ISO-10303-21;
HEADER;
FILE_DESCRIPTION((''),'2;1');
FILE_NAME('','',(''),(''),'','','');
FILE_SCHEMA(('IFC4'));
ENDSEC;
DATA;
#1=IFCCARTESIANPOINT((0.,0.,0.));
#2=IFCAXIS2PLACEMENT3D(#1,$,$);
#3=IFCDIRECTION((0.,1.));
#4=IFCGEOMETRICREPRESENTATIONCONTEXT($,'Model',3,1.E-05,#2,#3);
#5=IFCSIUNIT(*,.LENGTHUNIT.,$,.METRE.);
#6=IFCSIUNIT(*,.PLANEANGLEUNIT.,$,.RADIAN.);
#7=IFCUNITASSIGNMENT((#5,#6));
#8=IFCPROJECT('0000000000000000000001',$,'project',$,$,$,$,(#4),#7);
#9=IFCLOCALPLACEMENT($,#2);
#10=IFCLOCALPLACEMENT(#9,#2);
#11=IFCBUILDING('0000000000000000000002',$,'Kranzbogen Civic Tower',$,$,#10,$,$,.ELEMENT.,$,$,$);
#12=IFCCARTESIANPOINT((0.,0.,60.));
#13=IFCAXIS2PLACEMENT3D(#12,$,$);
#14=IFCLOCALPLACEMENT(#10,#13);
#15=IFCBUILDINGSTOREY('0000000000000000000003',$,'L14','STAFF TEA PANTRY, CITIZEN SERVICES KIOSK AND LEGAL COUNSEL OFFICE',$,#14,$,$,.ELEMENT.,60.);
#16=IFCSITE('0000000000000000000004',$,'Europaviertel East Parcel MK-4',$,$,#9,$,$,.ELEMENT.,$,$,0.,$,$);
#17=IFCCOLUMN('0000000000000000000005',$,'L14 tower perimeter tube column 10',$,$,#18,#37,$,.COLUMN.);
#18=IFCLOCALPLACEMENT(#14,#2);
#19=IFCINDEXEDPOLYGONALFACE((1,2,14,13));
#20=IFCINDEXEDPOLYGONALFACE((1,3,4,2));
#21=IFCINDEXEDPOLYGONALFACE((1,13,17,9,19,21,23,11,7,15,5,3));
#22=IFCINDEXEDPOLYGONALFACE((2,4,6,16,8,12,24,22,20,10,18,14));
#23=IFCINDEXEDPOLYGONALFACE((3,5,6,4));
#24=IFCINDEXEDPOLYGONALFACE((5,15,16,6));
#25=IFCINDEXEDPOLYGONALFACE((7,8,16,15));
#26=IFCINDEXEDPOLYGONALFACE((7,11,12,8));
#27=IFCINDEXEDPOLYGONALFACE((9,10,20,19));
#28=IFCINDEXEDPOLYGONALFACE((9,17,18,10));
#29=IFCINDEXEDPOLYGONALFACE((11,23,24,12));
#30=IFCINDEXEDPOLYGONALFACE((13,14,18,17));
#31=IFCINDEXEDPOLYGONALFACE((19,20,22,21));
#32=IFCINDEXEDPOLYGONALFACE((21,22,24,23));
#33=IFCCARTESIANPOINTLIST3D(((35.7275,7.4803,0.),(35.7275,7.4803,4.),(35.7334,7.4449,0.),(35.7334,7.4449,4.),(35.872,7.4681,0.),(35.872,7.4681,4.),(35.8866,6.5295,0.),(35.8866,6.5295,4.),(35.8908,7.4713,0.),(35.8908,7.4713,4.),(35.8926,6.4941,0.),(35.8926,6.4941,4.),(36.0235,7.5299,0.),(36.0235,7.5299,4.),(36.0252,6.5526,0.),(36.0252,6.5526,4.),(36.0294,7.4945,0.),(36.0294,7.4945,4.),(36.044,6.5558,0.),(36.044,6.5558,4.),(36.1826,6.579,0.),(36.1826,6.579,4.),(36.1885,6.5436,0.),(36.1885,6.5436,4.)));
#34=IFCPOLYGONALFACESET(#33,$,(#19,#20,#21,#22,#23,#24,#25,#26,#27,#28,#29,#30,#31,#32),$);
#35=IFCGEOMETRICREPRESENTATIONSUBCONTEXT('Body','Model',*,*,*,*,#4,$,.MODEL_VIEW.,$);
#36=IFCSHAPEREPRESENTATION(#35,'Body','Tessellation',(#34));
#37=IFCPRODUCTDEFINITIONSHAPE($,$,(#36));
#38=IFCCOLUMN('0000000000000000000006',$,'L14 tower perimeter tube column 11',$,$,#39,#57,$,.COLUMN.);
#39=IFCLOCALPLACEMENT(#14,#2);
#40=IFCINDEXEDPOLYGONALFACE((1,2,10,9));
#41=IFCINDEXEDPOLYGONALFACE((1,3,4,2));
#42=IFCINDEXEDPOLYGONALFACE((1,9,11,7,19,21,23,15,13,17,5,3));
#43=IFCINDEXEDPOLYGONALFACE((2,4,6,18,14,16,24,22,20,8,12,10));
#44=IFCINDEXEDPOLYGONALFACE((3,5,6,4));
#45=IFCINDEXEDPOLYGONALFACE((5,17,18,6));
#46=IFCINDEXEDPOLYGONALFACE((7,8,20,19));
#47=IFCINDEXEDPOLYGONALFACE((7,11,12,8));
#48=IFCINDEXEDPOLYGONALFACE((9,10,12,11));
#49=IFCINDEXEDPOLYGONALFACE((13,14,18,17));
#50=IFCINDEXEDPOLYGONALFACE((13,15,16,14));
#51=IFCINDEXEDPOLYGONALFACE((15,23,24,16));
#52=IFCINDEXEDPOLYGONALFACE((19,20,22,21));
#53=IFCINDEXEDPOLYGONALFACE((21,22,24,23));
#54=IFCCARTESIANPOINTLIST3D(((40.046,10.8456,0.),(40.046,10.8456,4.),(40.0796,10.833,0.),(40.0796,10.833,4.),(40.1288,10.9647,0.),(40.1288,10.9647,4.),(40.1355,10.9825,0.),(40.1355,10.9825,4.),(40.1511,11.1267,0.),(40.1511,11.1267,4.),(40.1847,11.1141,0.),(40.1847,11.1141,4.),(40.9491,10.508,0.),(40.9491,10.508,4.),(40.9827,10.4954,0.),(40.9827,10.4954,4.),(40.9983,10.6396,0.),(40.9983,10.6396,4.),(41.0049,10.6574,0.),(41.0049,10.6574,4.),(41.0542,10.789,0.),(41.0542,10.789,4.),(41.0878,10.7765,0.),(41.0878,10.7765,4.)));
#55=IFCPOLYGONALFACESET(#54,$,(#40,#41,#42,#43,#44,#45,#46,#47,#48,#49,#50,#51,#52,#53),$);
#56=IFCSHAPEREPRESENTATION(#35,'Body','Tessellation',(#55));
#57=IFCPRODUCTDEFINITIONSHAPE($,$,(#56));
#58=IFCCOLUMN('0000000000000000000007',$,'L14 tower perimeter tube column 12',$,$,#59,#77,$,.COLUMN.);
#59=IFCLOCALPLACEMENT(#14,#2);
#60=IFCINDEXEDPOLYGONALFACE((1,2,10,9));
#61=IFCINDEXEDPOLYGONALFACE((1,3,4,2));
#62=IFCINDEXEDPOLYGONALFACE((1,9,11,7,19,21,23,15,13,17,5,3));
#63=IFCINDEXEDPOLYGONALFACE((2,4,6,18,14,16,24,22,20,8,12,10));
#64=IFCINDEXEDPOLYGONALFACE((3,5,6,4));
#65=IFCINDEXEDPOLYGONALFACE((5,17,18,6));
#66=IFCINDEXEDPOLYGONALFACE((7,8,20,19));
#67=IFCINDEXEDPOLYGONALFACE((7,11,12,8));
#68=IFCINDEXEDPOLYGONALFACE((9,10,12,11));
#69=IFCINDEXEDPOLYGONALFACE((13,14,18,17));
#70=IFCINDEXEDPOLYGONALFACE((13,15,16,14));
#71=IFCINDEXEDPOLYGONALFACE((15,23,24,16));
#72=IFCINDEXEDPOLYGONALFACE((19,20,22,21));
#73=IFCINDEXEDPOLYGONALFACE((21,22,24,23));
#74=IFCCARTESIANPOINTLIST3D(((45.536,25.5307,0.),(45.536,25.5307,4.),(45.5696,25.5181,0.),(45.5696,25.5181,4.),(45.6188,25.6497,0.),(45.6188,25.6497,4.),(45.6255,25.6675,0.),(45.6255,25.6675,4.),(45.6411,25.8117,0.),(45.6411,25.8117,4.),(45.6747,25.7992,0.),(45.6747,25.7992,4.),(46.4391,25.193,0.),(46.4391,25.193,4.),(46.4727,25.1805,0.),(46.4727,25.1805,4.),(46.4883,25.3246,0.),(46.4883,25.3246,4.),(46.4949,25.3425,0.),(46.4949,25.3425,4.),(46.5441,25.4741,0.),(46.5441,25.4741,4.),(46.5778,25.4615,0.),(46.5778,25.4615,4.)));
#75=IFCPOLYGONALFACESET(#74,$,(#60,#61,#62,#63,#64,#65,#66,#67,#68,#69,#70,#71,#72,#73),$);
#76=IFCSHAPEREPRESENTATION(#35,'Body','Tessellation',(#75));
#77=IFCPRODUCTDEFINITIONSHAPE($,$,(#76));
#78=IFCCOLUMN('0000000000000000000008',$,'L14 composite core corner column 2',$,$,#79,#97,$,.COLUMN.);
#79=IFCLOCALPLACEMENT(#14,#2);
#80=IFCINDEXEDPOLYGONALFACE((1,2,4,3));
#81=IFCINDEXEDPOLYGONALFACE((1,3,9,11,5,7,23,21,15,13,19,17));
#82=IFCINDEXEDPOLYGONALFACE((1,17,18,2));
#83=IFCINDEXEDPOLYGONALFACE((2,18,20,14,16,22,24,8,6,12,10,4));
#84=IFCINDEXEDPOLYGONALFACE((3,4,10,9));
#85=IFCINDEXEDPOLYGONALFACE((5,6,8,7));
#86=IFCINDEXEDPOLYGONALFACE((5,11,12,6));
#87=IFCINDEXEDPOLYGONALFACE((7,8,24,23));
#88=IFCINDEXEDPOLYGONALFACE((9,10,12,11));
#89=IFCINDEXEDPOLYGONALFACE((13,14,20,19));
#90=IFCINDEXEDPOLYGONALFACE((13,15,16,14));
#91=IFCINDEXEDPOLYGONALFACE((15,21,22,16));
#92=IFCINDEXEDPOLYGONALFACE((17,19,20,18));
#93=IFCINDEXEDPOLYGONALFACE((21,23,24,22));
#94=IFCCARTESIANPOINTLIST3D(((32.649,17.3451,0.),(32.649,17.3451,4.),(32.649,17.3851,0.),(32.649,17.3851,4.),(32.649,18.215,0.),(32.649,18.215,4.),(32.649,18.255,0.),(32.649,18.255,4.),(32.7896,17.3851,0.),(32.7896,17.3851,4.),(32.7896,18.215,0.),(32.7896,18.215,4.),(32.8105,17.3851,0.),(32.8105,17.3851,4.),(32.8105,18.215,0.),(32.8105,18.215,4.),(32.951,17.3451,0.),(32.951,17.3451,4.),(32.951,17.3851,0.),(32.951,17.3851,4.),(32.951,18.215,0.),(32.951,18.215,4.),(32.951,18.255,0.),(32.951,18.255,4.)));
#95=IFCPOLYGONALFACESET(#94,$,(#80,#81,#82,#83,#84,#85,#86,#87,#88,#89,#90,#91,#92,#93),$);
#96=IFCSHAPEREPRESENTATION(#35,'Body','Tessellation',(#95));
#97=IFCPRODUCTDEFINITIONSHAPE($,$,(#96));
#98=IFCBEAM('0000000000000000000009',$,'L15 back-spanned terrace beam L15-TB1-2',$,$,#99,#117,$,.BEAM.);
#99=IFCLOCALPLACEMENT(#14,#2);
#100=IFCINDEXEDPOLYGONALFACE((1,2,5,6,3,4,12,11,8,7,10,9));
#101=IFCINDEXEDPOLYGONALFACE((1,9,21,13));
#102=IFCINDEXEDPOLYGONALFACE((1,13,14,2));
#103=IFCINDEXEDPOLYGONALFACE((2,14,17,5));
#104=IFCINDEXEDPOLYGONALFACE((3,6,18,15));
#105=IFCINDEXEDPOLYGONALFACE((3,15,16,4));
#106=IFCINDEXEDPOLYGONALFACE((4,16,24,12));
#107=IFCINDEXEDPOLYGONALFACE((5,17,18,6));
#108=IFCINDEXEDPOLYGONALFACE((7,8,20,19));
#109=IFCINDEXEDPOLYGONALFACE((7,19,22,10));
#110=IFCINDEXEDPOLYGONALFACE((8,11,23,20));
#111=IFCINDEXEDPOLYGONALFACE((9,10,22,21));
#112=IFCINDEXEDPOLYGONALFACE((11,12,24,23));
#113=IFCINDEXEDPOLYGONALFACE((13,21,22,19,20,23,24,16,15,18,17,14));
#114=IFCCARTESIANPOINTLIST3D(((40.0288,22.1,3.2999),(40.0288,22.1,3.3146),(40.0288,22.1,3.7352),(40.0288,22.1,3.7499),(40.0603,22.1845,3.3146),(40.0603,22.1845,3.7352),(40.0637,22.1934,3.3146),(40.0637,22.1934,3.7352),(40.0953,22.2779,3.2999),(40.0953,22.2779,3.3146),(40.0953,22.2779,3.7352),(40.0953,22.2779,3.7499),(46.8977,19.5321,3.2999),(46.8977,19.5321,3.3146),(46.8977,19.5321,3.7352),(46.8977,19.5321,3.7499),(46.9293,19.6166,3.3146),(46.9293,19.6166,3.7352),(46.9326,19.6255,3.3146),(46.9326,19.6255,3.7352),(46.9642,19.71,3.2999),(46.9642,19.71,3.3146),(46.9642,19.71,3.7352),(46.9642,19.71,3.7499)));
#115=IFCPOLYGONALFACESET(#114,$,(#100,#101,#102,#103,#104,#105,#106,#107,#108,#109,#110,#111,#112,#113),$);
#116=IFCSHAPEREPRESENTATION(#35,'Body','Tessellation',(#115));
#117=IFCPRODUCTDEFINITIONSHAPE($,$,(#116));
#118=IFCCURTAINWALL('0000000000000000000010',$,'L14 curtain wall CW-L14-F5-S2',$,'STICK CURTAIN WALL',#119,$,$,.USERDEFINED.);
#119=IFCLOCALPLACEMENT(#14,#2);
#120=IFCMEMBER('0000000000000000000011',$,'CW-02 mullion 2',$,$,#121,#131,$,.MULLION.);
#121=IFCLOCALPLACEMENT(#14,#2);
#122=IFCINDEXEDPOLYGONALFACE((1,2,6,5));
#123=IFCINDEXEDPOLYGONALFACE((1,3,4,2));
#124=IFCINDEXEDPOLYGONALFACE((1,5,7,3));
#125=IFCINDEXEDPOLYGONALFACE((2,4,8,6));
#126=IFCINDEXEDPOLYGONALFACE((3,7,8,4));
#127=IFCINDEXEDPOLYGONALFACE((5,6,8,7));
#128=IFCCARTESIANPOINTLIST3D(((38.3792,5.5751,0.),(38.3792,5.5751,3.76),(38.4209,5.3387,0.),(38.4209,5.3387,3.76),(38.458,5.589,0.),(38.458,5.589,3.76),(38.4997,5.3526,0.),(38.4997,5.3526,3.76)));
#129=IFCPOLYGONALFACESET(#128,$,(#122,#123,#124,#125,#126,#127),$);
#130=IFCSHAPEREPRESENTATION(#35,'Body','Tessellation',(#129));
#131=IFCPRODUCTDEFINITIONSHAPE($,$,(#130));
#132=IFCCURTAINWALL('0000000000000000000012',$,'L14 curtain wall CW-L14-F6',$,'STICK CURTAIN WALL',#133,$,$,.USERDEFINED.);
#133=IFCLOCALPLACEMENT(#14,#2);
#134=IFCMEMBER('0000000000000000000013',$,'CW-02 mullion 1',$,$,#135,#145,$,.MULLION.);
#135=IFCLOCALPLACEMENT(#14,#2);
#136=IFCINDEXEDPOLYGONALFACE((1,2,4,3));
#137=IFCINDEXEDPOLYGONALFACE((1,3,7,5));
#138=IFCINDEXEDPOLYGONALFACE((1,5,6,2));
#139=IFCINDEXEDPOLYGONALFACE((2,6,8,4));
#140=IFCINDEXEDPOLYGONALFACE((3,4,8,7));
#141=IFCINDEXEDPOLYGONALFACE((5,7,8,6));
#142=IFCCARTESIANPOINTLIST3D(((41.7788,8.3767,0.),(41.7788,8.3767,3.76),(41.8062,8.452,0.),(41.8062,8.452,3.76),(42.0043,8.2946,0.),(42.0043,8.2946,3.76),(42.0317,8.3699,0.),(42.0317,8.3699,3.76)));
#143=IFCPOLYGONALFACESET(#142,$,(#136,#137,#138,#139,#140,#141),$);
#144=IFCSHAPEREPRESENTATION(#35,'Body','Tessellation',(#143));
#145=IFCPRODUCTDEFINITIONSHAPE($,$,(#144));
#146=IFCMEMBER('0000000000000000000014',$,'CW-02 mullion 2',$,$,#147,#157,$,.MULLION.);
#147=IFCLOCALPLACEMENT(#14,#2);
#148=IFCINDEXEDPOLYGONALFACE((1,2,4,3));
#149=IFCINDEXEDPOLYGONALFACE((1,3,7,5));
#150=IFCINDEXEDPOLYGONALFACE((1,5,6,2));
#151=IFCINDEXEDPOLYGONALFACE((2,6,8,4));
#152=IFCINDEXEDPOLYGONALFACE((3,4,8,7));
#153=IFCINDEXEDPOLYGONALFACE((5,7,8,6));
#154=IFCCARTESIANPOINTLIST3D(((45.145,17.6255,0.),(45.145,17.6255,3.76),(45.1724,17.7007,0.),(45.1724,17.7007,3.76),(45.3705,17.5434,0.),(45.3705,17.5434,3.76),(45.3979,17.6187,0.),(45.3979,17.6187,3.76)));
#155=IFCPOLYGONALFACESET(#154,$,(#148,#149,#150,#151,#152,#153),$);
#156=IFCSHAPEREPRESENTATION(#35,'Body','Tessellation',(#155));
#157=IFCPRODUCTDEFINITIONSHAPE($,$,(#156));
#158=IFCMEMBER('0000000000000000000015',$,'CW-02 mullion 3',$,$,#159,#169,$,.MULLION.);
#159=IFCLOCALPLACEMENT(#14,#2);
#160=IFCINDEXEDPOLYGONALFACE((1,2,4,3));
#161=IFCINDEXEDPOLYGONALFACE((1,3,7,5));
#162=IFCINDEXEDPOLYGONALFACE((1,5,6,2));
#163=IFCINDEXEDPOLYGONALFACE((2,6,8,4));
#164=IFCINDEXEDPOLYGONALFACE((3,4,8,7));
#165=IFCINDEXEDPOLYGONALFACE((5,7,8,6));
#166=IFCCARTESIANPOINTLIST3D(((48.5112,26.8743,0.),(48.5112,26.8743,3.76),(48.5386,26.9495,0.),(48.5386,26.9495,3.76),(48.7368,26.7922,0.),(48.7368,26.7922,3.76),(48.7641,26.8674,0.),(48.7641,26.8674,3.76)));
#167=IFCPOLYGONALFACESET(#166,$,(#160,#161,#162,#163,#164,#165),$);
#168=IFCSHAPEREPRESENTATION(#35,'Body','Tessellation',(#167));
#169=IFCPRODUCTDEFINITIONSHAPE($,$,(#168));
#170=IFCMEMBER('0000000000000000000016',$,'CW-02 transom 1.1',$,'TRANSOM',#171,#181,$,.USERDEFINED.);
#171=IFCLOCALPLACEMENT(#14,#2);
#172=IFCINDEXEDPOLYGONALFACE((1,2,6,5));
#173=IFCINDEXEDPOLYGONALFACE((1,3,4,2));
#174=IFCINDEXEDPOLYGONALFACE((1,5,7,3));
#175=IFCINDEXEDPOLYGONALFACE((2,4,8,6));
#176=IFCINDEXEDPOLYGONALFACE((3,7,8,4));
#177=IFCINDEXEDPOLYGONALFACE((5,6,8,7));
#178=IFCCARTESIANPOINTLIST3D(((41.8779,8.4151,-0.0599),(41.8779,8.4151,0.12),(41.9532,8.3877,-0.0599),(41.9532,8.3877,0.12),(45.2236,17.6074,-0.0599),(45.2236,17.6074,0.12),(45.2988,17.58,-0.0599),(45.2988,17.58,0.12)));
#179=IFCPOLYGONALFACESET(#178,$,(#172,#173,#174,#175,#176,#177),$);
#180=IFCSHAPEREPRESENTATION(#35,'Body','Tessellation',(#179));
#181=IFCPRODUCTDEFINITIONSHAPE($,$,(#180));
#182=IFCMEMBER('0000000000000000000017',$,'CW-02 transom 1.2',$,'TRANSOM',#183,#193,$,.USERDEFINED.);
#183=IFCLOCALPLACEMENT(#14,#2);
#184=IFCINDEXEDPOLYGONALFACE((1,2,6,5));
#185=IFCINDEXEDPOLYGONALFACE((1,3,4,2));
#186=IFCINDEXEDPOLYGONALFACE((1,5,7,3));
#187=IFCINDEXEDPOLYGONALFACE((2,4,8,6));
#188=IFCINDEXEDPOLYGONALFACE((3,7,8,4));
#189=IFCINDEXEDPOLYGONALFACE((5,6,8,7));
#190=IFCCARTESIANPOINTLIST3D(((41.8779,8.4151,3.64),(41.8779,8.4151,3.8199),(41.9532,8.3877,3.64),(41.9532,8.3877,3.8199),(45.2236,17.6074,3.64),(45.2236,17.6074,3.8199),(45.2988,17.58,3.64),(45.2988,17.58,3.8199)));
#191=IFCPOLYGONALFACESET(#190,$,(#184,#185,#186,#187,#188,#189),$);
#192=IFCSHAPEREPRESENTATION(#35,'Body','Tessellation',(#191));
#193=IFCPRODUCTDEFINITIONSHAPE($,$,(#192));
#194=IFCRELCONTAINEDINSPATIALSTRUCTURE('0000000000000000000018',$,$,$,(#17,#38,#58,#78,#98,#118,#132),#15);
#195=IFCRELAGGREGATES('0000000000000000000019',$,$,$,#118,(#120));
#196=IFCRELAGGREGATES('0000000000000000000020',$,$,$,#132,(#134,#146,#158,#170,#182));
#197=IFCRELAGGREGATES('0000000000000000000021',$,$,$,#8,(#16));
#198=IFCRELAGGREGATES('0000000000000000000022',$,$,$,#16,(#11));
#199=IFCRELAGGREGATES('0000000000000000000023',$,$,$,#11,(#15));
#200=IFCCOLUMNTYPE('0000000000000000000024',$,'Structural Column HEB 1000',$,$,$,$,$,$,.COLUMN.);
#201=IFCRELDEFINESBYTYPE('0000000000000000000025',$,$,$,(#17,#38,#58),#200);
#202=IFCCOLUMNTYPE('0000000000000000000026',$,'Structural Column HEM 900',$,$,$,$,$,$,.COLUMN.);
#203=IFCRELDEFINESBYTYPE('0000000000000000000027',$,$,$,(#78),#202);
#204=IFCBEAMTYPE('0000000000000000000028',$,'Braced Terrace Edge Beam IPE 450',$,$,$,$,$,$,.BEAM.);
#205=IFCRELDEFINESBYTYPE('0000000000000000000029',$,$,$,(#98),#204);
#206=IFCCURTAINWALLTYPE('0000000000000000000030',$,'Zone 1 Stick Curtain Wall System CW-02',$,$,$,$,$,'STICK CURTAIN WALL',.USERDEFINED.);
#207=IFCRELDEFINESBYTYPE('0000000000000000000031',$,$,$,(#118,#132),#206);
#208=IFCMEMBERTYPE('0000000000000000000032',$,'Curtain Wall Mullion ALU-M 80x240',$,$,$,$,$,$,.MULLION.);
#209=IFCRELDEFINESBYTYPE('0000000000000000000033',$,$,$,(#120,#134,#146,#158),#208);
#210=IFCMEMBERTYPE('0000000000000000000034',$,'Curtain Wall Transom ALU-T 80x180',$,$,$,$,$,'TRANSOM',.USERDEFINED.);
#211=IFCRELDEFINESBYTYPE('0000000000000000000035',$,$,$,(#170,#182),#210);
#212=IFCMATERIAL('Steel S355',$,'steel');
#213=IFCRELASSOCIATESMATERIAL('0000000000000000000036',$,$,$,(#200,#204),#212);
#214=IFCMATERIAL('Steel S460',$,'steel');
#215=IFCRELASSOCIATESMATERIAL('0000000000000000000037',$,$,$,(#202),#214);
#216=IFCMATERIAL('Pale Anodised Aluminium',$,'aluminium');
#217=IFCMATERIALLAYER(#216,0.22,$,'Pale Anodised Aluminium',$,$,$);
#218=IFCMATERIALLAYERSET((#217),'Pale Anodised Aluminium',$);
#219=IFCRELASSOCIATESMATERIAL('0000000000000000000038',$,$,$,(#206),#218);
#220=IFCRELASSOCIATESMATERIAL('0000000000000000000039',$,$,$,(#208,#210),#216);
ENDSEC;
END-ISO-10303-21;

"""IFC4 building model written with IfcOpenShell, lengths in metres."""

from ifc_helpers import new_model, si_unit, direction, frame, origin, origin_2d, place, context, subcontext, project, spatial, rectangle, i_section, extrude, material, layer, layer_set, material_profile, profile_set, type_object, element, aggregate, save


model = new_model("IFC4")

# Units and contexts
model_context = context("Model", 3, precision=1e-05, world=origin(), true_north=direction((0.0, 1.0)))
body_context = subcontext(model_context, "Body", "Model", "MODEL_VIEW")
ifc_project = project(units=[si_unit("LENGTHUNIT", "METRE"), si_unit("PLANEANGLEUNIT", "RADIAN")], contexts=[model_context])

# Site, building, storey
site_placement = place(None, origin())
site = spatial("IfcSite", under=ifc_project, at=site_placement, Name="Europaviertel East Parcel MK-4", CompositionType="ELEMENT", RefElevation=0.0)
building_placement = place(site_placement, origin())
building = spatial("IfcBuilding", under=site, at=building_placement, Name="Kranzbogen Civic Tower", CompositionType="ELEMENT")
storey_placement = place(building_placement, frame((0.0, 0.0, 60.0)))
storey = spatial("IfcBuildingStorey", under=building, at=storey_placement, Name="L14", Description="STAFF TEA PANTRY, CITIZEN SERVICES KIOSK AND LEGAL COUNSEL OFFICE", CompositionType="ELEMENT", Elevation=60.0)

# Columns
ifc_material_1 = material(Name="Steel S355", Category="steel")
ifc_material_profile_1 = material_profile(ifc_material_1, i_section(OverallWidth=0.3, OverallDepth=1.0, WebThickness=0.019, FlangeThickness=0.0359, at=origin_2d()), Name="HEB 1000")
ifc_profile_set_1 = profile_set([ifc_material_profile_1], Name="Steel S355")
column_type_1 = type_object("IfcColumnType", Name="Structural Column HEB 1000", PredefinedType="COLUMN", material=ifc_profile_set_1)
for number, where, z_axis, x_axis, name in (
    (1, (35.958, 7.012, 0.0), (0.0, 0.0, 1.0), (0.986286, 0.165048, 0.0), "L14 tower perimeter tube column 10"),
    (2, (40.5669, 10.811, 0.0), (0.0, 0.0, 1.0), (0.350207, 0.936672, 0.0), "L14 tower perimeter tube column 11"),
    (3, (46.0569, 25.4961, 0.0), (0.0, 0.0, 1.0), (0.350207, 0.936672, 0.0), "L14 tower perimeter tube column 12"),
):
    element("IfcColumn", number, at=place(storey_placement, frame(where, z_axis=z_axis, x_axis=x_axis)), inside=storey, type_object=column_type_1, Name=name, PredefinedType="COLUMN", context=body_context, shape_type="SweptSolid", body=[
        extrude(i_section(OverallWidth=0.3, OverallDepth=1.0, WebThickness=0.019, FlangeThickness=0.0359, at=origin_2d()), origin(), (0.0, 0.0, 1.0), 4.0),
    ])
ifc_material_2 = material(Name="Steel S460", Category="steel")
ifc_material_profile_2 = material_profile(ifc_material_2, i_section(OverallWidth=0.302, OverallDepth=0.9099, WebThickness=0.021, FlangeThickness=0.04, at=origin_2d()), Name="HEM 900")
ifc_profile_set_2 = profile_set([ifc_material_profile_2], Name="Steel S460")
column_type_2 = type_object("IfcColumnType", Name="Structural Column HEM 900", PredefinedType="COLUMN", material=ifc_profile_set_2)
column_placement = place(storey_placement, frame((32.8, 17.8, 0.0), z_axis=(0.0, 0.0, 1.0), x_axis=(1.0, 0.0, 0.0)))
element("IfcColumn", 4, at=column_placement, inside=storey, type_object=column_type_2, Name="L14 composite core corner column 2", PredefinedType="COLUMN", context=body_context, shape_type="SweptSolid", body=[
    extrude(i_section(OverallWidth=0.302, OverallDepth=0.9099, WebThickness=0.021, FlangeThickness=0.04, at=origin_2d()), origin(), (0.0, 0.0, 1.0), 4.0),
])

# Beam
ifc_material_profile_3 = material_profile(ifc_material_1, i_section(OverallWidth=0.1899, OverallDepth=0.45, WebThickness=0.0095, FlangeThickness=0.0146, at=origin_2d()), Name="IPE 450")
ifc_profile_set_3 = profile_set([ifc_material_profile_3], Name="Steel S355")
beam_type_1 = type_object("IfcBeamType", Name="Braced Terrace Edge Beam IPE 450", PredefinedType="BEAM", material=ifc_profile_set_3)
beam_1_placement = place(storey_placement, frame((40.062, 22.189, 3.5249), z_axis=(0.936686, -0.350171, 0.0), x_axis=(0.350171, 0.936686, 0.0)))
element("IfcBeam", 5, at=beam_1_placement, inside=storey, type_object=beam_type_1, Name="L15 back-spanned terrace beam L15-TB1-2", PredefinedType="BEAM", context=body_context, shape_type="SweptSolid", body=[
    extrude(i_section(OverallWidth=0.1899, OverallDepth=0.45, WebThickness=0.0095, FlangeThickness=0.0146, at=origin_2d()), origin(), (0.0, 0.0, 1.0), 7.3333),
])

# Curtain wall, member
ifc_material_3 = material(Name="Pale Anodised Aluminium", Category="aluminium")
ifc_layer_1 = layer(ifc_material_3, 0.22, Name="Pale Anodised Aluminium")
ifc_layer_set_1 = layer_set([ifc_layer_1], Name="Pale Anodised Aluminium")
curtain_wall_type = type_object("IfcCurtainWallType", Name="Zone 1 Stick Curtain Wall System CW-02", ElementType="STICK CURTAIN WALL", PredefinedType="USERDEFINED", material=ifc_layer_set_1)
curtain_wall_1_placement = place(storey_placement, origin())
curtain_wall_1 = element("IfcCurtainWall", 6, at=curtain_wall_1_placement, inside=storey, type_object=curtain_wall_type, Name="L14 curtain wall CW-L14-F5-S2", ObjectType="STICK CURTAIN WALL", PredefinedType="USERDEFINED")
ifc_material_profile_4 = material_profile(ifc_material_3, rectangle(XDim=0.0801, YDim=0.24, at=origin_2d()), Name="ALU-M 80x240")
ifc_profile_set_4 = profile_set([ifc_material_profile_4], Name="Pale Anodised Aluminium")
member_type_1 = type_object("IfcMemberType", Name="Curtain Wall Mullion ALU-M 80x240", PredefinedType="MULLION", material=ifc_profile_set_4)
member_1_placement = place(storey_placement, frame((38.4395, 5.4639, 0.0), z_axis=(0.0, 0.0, 1.0), x_axis=(0.984808, 0.173647, 0.0)))
member_1 = element("IfcMember", 7, at=member_1_placement, type_object=member_type_1, Name="CW-02 mullion 2", PredefinedType="MULLION", context=body_context, shape_type="SweptSolid", body=[
    extrude(rectangle(XDim=0.0801, YDim=0.24, at=origin_2d()), origin(), (0.0, 0.0, 1.0), 3.76),
])

# Curtain wall, members
curtain_wall_2_placement = place(storey_placement, origin())
curtain_wall_2 = element("IfcCurtainWall", 8, at=curtain_wall_2_placement, inside=storey, type_object=curtain_wall_type, Name="L14 curtain wall CW-L14-F6", ObjectType="STICK CURTAIN WALL", PredefinedType="USERDEFINED")
member_2_placement = place(storey_placement, frame((41.9053, 8.3733, 0.0), z_axis=(0.0, 0.0, 1.0), x_axis=(0.342016, 0.939694, 0.0)))
member_2 = element("IfcMember", 9, at=member_2_placement, type_object=member_type_1, Name="CW-02 mullion 1", PredefinedType="MULLION", context=body_context, shape_type="SweptSolid", body=[
    extrude(rectangle(XDim=0.0801, YDim=0.24, at=origin_2d()), origin(), (0.0, 0.0, 1.0), 3.76),
])
member_3_placement = place(storey_placement, frame((45.2715, 17.6221, 0.0), z_axis=(0.0, 0.0, 1.0), x_axis=(0.342016, 0.939694, 0.0)))
member_3 = element("IfcMember", 10, at=member_3_placement, type_object=member_type_1, Name="CW-02 mullion 2", PredefinedType="MULLION", context=body_context, shape_type="SweptSolid", body=[
    extrude(rectangle(XDim=0.0801, YDim=0.24, at=origin_2d()), origin(), (0.0, 0.0, 1.0), 3.76),
])
member_4_placement = place(storey_placement, frame((48.6377, 26.8708, 0.0), z_axis=(0.0, 0.0, 1.0), x_axis=(0.342016, 0.939694, 0.0)))
member_4 = element("IfcMember", 11, at=member_4_placement, type_object=member_type_1, Name="CW-02 mullion 3", PredefinedType="MULLION", context=body_context, shape_type="SweptSolid", body=[
    extrude(rectangle(XDim=0.0801, YDim=0.24, at=origin_2d()), origin(), (0.0, 0.0, 1.0), 3.76),
])
ifc_material_profile_5 = material_profile(ifc_material_3, rectangle(XDim=0.0801, YDim=0.1799, at=origin_2d()), Name="ALU-T 80x180")
ifc_profile_set_5 = profile_set([ifc_material_profile_5], Name="Pale Anodised Aluminium")
member_type_2 = type_object("IfcMemberType", Name="Curtain Wall Transom ALU-T 80x180", ElementType="TRANSOM", PredefinedType="USERDEFINED", material=ifc_profile_set_5)
member_5_placement = place(storey_placement, frame((41.9155, 8.4014, 0.03), z_axis=(0.342016, 0.939694, 0.0), x_axis=(-0.939694, 0.342016, 0.0)))
member_5 = element("IfcMember", 12, at=member_5_placement, type_object=member_type_2, Name="CW-02 transom 1.1", ObjectType="TRANSOM", PredefinedType="USERDEFINED", context=body_context, shape_type="SweptSolid", body=[
    extrude(rectangle(XDim=0.0801, YDim=0.1799, at=origin_2d()), origin(), (0.0, 0.0, 1.0), 9.7822),
])
member_6_placement = place(storey_placement, frame((41.9155, 8.4014, 3.73), z_axis=(0.342016, 0.939694, 0.0), x_axis=(-0.939694, 0.342016, 0.0)))
member_6 = element("IfcMember", 13, at=member_6_placement, type_object=member_type_2, Name="CW-02 transom 1.2", ObjectType="TRANSOM", PredefinedType="USERDEFINED", context=body_context, shape_type="SweptSolid", body=[
    extrude(rectangle(XDim=0.0801, YDim=0.1799, at=origin_2d()), origin(), (0.0, 0.0, 1.0), 9.7822),
])

aggregate(curtain_wall_1, [member_1])
aggregate(curtain_wall_2, [member_2, member_3, member_4, member_5, member_6])

save(model, "model.ifc")
